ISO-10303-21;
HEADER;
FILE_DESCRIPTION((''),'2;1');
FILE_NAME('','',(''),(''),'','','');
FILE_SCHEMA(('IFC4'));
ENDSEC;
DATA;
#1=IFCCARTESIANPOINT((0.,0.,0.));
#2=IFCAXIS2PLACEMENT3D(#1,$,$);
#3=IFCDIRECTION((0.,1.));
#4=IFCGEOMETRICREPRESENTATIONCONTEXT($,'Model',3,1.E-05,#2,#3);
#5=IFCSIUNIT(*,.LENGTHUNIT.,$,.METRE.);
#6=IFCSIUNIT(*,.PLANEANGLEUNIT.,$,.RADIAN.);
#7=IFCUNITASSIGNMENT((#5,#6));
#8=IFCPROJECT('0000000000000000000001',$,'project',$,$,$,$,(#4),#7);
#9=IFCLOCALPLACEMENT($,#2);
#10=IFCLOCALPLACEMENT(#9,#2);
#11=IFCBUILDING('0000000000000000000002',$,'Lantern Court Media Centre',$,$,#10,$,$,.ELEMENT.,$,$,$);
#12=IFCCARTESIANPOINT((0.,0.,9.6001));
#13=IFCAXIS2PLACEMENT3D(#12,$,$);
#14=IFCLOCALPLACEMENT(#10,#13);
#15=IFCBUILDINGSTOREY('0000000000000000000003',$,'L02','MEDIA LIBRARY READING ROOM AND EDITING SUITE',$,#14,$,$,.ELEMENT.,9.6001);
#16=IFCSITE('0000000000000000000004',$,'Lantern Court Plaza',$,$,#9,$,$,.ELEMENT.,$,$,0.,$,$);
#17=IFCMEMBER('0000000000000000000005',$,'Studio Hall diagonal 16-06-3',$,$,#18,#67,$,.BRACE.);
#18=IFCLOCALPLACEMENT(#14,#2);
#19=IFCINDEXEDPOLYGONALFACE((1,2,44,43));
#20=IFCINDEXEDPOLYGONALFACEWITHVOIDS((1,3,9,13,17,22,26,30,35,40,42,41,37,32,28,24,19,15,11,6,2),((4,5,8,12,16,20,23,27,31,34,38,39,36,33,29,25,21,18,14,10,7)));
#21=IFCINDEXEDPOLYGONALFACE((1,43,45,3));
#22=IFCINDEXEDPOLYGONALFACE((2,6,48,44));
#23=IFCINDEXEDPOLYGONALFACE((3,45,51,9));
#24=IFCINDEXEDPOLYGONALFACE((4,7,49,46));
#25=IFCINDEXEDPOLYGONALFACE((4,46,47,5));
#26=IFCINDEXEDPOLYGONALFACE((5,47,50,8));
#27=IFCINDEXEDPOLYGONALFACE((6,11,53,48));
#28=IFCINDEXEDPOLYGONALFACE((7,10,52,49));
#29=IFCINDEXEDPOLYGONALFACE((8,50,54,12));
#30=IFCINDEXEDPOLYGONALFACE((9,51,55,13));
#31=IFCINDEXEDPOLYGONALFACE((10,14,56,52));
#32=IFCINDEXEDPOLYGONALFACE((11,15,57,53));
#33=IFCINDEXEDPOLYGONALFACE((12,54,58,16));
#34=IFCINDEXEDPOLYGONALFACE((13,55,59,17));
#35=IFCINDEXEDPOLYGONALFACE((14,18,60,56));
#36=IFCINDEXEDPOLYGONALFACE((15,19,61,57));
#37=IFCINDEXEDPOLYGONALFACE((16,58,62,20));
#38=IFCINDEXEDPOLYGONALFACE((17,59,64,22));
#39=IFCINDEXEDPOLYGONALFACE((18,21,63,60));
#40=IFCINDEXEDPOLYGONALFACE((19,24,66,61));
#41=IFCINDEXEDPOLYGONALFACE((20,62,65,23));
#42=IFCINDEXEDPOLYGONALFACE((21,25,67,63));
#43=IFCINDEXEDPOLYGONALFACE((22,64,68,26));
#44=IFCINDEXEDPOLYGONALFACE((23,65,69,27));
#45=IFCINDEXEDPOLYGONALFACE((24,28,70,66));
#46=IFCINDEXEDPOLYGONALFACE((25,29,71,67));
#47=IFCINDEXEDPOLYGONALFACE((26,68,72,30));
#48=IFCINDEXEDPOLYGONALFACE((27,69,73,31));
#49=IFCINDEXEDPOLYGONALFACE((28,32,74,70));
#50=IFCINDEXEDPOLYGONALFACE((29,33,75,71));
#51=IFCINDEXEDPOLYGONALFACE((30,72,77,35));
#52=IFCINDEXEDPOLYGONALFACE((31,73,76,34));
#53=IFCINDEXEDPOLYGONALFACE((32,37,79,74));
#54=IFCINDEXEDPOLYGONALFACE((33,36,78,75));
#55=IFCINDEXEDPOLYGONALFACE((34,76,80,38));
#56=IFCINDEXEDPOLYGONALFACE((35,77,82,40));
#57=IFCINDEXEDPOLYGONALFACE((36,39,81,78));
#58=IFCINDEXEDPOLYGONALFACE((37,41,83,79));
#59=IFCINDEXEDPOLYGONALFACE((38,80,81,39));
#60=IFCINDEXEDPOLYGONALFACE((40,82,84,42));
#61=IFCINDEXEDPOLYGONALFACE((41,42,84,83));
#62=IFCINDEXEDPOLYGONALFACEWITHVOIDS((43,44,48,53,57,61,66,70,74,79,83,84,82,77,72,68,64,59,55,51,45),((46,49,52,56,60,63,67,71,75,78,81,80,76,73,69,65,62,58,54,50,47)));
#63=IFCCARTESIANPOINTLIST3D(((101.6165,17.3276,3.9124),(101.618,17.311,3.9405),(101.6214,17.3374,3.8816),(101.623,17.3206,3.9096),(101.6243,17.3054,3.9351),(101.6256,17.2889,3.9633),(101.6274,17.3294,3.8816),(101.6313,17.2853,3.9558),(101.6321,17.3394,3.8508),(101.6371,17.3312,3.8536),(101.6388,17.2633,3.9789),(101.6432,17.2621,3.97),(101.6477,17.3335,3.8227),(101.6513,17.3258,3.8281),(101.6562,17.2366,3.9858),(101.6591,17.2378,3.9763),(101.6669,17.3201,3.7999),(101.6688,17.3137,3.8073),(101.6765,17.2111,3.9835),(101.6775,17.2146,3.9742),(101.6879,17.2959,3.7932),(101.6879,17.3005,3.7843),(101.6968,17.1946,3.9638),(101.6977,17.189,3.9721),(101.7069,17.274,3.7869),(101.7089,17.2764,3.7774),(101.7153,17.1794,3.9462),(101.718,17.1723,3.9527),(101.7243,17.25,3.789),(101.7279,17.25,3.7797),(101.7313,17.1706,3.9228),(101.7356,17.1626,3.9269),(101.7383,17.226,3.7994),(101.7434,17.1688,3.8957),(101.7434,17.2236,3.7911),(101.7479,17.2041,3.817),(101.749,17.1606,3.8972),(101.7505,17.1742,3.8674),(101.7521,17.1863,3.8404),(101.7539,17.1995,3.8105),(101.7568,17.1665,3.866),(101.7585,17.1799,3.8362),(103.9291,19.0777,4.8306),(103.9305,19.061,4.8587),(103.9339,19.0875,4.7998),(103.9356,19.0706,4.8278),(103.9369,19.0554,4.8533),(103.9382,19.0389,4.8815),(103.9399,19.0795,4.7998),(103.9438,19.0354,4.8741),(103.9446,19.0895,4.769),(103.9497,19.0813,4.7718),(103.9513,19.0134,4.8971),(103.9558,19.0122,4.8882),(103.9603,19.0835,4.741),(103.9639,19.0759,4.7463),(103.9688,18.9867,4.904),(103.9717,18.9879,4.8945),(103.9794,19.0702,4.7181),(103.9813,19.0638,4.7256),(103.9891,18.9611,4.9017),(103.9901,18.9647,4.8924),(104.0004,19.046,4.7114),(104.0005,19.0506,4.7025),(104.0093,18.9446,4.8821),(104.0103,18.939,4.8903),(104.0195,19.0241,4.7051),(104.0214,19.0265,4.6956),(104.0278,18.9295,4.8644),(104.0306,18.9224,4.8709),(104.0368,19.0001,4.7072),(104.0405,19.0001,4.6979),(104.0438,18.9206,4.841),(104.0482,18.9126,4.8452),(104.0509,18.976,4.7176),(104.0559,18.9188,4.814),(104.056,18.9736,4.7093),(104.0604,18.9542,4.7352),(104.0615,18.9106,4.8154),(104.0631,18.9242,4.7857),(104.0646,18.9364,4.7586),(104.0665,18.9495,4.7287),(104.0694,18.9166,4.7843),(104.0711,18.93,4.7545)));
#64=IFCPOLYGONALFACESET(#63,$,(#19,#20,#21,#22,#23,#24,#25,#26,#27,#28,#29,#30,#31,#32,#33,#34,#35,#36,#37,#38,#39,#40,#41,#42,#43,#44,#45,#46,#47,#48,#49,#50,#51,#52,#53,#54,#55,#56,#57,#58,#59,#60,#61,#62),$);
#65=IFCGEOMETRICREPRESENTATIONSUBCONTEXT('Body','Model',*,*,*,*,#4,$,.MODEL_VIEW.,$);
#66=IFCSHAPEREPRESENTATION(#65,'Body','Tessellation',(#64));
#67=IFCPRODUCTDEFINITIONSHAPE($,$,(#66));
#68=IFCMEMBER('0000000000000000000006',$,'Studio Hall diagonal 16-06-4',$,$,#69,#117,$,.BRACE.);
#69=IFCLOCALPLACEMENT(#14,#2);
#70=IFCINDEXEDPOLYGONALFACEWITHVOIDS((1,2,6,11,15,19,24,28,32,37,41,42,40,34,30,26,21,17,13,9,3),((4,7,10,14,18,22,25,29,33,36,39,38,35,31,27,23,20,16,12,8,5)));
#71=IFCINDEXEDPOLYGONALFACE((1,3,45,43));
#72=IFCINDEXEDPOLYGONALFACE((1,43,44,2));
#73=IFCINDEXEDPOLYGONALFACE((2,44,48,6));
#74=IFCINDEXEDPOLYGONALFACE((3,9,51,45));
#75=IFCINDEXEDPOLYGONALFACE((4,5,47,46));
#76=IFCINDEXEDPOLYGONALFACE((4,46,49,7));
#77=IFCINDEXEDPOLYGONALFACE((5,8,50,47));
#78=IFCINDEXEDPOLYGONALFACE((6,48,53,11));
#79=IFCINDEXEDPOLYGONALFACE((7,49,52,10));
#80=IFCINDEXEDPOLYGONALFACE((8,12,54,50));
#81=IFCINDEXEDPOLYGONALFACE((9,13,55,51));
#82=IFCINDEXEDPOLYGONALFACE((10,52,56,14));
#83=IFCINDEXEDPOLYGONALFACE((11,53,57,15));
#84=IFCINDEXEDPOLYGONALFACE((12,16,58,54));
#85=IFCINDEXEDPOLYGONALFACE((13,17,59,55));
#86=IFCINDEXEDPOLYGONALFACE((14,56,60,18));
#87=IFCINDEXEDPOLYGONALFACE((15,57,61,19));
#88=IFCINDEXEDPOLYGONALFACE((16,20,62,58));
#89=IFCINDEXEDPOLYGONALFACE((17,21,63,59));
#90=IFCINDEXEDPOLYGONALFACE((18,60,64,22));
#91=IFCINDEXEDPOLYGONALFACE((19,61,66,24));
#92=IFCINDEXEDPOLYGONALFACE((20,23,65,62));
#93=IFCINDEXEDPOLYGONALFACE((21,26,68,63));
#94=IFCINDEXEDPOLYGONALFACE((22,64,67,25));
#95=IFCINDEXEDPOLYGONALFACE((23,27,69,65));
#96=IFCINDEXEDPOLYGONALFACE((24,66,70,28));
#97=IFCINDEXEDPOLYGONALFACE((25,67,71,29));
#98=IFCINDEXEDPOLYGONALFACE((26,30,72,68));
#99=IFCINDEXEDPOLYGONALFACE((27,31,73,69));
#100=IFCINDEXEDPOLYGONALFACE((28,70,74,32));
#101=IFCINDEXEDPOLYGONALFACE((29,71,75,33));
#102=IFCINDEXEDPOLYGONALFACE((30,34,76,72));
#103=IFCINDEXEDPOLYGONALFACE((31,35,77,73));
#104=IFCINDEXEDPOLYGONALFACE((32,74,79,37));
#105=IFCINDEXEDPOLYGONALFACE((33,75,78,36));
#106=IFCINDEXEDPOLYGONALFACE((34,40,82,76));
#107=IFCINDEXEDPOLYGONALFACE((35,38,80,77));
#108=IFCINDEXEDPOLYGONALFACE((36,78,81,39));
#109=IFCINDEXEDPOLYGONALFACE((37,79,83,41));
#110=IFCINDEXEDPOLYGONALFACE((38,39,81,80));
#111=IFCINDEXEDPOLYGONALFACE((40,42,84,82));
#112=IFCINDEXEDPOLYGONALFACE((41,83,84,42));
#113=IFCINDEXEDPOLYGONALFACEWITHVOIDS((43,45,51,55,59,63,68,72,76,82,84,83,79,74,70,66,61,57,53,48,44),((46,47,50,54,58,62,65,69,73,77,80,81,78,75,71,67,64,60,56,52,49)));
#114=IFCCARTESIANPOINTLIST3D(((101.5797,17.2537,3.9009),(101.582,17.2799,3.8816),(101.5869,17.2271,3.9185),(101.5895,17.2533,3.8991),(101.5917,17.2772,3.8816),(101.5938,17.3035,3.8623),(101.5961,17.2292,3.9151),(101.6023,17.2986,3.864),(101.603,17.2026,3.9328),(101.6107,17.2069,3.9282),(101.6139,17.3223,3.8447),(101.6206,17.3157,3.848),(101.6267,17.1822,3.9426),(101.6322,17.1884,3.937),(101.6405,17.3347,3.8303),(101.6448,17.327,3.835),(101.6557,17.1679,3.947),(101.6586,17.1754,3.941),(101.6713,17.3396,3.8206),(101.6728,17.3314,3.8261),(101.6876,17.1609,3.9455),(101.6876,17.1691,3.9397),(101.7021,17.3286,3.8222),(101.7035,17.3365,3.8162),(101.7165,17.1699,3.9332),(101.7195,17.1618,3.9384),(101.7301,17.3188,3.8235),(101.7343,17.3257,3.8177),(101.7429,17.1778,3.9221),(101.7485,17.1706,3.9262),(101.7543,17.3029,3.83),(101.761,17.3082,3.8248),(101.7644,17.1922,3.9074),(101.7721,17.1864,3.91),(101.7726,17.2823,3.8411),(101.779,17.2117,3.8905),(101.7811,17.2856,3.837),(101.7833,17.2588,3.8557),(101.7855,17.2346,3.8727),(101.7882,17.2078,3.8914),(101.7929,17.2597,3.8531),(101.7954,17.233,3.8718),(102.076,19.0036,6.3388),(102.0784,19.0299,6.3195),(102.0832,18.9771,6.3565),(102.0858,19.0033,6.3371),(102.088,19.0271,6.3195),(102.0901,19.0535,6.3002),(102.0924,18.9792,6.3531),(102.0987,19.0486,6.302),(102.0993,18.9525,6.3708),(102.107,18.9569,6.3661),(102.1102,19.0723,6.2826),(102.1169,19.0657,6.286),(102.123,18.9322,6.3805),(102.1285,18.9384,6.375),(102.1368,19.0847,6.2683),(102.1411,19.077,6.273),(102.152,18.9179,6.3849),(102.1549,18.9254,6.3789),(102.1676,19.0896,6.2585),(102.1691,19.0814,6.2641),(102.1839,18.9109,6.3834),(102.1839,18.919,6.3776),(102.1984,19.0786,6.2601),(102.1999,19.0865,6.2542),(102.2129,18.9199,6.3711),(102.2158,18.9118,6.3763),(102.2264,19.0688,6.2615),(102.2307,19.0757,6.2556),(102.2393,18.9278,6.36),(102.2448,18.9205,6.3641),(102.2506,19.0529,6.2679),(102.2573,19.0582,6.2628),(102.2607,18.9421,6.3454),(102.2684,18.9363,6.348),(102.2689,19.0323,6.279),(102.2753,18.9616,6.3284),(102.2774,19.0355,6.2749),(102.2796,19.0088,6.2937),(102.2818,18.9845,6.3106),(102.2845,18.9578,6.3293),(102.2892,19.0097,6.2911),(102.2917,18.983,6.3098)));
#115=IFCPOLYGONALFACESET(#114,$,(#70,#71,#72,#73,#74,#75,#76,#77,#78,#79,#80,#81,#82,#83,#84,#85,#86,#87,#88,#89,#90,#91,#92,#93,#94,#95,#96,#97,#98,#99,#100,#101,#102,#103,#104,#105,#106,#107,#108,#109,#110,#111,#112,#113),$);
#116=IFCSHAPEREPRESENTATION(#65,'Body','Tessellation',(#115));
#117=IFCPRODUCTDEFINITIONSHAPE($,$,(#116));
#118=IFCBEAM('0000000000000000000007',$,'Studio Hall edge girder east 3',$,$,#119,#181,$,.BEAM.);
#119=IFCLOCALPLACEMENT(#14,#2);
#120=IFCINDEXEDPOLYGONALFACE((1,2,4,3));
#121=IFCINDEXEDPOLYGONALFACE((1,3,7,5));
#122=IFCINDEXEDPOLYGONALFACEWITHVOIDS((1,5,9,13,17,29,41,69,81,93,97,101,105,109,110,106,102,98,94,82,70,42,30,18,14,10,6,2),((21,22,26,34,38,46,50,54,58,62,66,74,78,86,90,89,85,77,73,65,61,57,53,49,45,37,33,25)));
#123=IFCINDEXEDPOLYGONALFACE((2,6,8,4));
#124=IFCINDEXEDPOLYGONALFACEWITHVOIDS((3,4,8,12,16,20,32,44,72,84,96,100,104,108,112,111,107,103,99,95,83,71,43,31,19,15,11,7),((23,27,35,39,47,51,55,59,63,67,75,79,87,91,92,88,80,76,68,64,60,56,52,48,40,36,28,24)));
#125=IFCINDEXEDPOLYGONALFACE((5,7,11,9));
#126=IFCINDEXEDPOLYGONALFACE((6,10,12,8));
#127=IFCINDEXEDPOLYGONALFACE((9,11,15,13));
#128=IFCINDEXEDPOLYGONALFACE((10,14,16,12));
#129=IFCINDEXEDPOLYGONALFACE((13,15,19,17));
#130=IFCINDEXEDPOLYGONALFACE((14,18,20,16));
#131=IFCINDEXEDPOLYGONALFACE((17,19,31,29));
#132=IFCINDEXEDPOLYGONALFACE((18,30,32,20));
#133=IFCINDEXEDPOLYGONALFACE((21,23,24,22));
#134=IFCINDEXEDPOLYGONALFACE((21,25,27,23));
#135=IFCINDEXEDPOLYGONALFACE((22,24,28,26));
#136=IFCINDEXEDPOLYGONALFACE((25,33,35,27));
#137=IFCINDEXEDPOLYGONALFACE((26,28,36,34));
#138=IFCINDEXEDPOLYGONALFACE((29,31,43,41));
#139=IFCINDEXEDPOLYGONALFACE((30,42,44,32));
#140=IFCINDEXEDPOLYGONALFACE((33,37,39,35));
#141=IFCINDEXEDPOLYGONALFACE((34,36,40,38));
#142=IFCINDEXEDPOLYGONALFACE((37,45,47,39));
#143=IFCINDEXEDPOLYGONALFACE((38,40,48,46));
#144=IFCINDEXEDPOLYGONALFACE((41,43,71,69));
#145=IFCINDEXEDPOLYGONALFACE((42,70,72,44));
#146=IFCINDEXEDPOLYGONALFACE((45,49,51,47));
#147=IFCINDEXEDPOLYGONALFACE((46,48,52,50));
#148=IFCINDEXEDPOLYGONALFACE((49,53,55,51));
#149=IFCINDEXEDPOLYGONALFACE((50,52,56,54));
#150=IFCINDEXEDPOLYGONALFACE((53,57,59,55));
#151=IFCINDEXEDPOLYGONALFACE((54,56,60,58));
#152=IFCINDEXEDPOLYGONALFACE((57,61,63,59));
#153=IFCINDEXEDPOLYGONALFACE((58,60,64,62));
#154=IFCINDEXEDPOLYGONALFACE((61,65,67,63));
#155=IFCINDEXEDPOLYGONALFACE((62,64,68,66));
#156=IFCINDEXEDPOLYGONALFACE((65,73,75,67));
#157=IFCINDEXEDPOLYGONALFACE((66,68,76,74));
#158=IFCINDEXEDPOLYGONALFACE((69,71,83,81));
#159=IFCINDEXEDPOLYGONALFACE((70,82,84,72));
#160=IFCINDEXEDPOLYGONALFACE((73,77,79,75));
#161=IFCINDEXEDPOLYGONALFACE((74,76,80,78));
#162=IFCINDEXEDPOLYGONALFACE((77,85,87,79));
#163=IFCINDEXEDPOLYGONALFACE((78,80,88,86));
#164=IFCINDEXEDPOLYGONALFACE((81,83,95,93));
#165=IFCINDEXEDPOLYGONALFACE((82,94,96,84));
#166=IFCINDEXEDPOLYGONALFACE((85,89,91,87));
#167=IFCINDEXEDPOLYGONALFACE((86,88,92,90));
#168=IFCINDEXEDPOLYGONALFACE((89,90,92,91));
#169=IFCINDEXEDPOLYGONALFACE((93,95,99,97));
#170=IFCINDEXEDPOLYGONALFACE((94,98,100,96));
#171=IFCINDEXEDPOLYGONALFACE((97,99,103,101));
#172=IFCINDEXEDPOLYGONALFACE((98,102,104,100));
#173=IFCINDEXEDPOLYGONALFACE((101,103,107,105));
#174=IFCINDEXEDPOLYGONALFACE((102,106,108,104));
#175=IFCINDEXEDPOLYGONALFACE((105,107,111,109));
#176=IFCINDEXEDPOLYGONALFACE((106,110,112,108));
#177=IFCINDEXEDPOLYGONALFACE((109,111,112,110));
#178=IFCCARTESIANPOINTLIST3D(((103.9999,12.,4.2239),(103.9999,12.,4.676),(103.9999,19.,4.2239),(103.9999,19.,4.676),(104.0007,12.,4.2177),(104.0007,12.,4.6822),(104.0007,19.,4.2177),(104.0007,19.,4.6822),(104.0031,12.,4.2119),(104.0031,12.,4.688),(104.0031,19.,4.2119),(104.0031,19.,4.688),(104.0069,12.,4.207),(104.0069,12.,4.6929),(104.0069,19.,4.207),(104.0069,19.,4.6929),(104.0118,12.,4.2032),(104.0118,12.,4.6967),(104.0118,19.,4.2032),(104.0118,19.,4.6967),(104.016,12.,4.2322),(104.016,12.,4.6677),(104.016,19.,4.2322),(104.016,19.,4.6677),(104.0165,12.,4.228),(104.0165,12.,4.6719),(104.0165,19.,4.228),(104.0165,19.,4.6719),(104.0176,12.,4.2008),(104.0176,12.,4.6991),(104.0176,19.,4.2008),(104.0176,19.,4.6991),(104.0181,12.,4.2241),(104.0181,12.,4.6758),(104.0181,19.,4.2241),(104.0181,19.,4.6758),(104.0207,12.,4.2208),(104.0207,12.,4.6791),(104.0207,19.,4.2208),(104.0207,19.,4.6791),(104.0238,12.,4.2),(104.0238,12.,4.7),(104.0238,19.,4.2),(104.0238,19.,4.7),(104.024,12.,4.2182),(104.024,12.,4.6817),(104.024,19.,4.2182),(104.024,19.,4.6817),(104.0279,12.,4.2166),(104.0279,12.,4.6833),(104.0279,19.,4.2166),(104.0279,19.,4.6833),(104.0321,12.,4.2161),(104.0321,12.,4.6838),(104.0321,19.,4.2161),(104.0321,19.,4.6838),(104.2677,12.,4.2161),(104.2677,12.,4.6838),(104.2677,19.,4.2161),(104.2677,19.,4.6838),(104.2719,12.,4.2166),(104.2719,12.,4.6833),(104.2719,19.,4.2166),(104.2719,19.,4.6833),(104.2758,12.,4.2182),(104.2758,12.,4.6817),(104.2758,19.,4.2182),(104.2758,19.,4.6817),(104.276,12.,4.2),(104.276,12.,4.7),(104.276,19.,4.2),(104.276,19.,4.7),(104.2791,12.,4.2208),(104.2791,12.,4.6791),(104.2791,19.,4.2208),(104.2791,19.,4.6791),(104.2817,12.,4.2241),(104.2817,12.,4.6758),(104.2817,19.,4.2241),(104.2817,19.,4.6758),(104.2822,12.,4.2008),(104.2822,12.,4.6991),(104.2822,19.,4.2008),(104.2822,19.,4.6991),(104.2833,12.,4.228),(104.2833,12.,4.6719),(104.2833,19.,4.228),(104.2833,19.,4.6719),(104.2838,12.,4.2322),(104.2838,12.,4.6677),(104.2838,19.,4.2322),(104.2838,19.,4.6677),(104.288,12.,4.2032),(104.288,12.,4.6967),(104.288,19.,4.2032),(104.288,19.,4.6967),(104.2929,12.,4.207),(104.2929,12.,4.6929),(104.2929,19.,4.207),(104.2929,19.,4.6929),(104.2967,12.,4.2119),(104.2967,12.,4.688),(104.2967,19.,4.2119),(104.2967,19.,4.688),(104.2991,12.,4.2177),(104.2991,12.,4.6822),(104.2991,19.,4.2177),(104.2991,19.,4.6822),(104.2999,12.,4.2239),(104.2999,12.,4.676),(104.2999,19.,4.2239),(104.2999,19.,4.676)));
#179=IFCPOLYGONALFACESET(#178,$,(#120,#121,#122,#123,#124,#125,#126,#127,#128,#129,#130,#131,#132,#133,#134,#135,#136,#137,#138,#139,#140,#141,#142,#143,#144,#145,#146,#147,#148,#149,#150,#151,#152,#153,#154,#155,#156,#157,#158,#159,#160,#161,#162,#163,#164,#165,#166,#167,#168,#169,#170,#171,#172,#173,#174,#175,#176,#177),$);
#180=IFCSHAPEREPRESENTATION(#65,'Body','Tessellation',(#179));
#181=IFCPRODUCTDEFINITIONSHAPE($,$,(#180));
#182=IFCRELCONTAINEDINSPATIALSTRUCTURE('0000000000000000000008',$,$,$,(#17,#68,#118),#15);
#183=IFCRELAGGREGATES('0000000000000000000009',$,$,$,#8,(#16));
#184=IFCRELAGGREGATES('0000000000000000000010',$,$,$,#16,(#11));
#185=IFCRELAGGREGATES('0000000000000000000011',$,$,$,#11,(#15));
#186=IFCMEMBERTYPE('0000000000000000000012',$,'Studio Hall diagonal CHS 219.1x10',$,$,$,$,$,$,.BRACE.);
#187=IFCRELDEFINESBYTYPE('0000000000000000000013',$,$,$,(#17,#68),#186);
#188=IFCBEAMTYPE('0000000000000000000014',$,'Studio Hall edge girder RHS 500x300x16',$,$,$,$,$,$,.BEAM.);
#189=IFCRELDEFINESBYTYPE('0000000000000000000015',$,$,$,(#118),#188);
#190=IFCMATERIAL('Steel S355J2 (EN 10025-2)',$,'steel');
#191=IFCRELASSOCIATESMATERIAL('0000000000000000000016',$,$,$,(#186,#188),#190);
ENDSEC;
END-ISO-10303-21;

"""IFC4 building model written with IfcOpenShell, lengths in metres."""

from ifc_helpers import new_model, si_unit, direction, frame, origin, origin_2d, place, context, subcontext, project, spatial, hollow_rectangle, hollow_circle, extrude, material, material_profile, profile_set, type_object, element, save


model = new_model("IFC4")

# Units and contexts
model_context = context("Model", 3, precision=1e-05, world=origin(), true_north=direction((0.0, 1.0)))
body_context = subcontext(model_context, "Body", "Model", "MODEL_VIEW")
ifc_project = project(units=[si_unit("LENGTHUNIT", "METRE"), si_unit("PLANEANGLEUNIT", "RADIAN")], contexts=[model_context])

# Site, building, storey
site_placement = place(None, origin())
site = spatial("IfcSite", under=ifc_project, at=site_placement, Name="Lantern Court Plaza", CompositionType="ELEMENT", RefElevation=0.0)
building_placement = place(site_placement, origin())
building = spatial("IfcBuilding", under=site, at=building_placement, Name="Lantern Court Media Centre", CompositionType="ELEMENT")
storey_placement = place(building_placement, frame((0.0, 0.0, 9.6001)))
storey = spatial("IfcBuildingStorey", under=building, at=storey_placement, Name="L02", Description="MEDIA LIBRARY READING ROOM AND EDITING SUITE", CompositionType="ELEMENT", Elevation=9.6001)

# Shared definitions
ifc_material_1 = material(Name="Steel S355J2 (EN 10025-2)", Category="steel")

# Members
ifc_material_profile_1 = material_profile(ifc_material_1, hollow_circle(Radius=0.1096, WallThickness=0.01, at=origin_2d()), Name="Studio Hall diagonal CHS 219.1x10")
ifc_profile_set_1 = profile_set([ifc_material_profile_1], Name="Steel S355J2 (EN 10025-2)")
member_type_1 = type_object("IfcMemberType", Name="Studio Hall diagonal CHS 219.1x10", PredefinedType="BRACE", material=ifc_profile_set_1)
for number, where, z_axis, x_axis, name in (
    (1, (101.6875, 17.25, 3.8816), (0.760211, 0.575295, 0.301853), (-0.603443, 0.797406, 0.0), "Studio Hall diagonal 16-06-3"),
):
    element("IfcMember", number, at=place(storey_placement, frame(where, z_axis=z_axis, x_axis=x_axis)), inside=storey, type_object=member_type_1, Name=name, PredefinedType="BRACE", context=body_context, shape_type="SweptSolid", body=[
        extrude(hollow_circle(Radius=0.1096, WallThickness=0.01, at=origin_2d()), origin(), (0.0, 0.0, 1.0), 3.042),
    ])
member_1_placement = place(storey_placement, frame((101.6875, 17.25, 3.8816), z_axis=(0.163172, 0.575314, 0.801491), x_axis=(-0.962054, 0.272859, 0.0)))
element("IfcMember", 2, at=member_1_placement, inside=storey, type_object=member_type_1, Name="Studio Hall diagonal 16-06-4", PredefinedType="BRACE", context=body_context, shape_type="SweptSolid", body=[
    extrude(hollow_circle(Radius=0.1096, WallThickness=0.01, at=origin_2d()), origin(), (0.0, 0.0, 1.0), 3.0417),
])

# Beam
ifc_material_profile_2 = material_profile(ifc_material_1, hollow_rectangle(XDim=0.3, YDim=0.5, WallThickness=0.0161, InnerFilletRadius=0.0161, OuterFilletRadius=0.0239, at=origin_2d()), Name="Studio Hall edge girder RHS 500x300x16")
ifc_profile_set_2 = profile_set([ifc_material_profile_2], Name="Steel S355J2 (EN 10025-2)")
beam_type_1 = type_object("IfcBeamType", Name="Studio Hall edge girder RHS 500x300x16", PredefinedType="BEAM", material=ifc_profile_set_2)
beam_1_placement = place(storey_placement, frame((104.1499, 12.0, 4.45), z_axis=(0.0, 1.0, 0.0), x_axis=(-1.0, 0.0, 0.0)))
element("IfcBeam", 3, at=beam_1_placement, inside=storey, type_object=beam_type_1, Name="Studio Hall edge girder east 3", PredefinedType="BEAM", context=body_context, shape_type="SweptSolid", body=[
    extrude(hollow_rectangle(XDim=0.3, YDim=0.5, WallThickness=0.0161, InnerFilletRadius=0.0161, OuterFilletRadius=0.0239, at=origin_2d()), origin(), (0.0, 0.0, 1.0), 7.0),
])

save(model, "model.ifc")
